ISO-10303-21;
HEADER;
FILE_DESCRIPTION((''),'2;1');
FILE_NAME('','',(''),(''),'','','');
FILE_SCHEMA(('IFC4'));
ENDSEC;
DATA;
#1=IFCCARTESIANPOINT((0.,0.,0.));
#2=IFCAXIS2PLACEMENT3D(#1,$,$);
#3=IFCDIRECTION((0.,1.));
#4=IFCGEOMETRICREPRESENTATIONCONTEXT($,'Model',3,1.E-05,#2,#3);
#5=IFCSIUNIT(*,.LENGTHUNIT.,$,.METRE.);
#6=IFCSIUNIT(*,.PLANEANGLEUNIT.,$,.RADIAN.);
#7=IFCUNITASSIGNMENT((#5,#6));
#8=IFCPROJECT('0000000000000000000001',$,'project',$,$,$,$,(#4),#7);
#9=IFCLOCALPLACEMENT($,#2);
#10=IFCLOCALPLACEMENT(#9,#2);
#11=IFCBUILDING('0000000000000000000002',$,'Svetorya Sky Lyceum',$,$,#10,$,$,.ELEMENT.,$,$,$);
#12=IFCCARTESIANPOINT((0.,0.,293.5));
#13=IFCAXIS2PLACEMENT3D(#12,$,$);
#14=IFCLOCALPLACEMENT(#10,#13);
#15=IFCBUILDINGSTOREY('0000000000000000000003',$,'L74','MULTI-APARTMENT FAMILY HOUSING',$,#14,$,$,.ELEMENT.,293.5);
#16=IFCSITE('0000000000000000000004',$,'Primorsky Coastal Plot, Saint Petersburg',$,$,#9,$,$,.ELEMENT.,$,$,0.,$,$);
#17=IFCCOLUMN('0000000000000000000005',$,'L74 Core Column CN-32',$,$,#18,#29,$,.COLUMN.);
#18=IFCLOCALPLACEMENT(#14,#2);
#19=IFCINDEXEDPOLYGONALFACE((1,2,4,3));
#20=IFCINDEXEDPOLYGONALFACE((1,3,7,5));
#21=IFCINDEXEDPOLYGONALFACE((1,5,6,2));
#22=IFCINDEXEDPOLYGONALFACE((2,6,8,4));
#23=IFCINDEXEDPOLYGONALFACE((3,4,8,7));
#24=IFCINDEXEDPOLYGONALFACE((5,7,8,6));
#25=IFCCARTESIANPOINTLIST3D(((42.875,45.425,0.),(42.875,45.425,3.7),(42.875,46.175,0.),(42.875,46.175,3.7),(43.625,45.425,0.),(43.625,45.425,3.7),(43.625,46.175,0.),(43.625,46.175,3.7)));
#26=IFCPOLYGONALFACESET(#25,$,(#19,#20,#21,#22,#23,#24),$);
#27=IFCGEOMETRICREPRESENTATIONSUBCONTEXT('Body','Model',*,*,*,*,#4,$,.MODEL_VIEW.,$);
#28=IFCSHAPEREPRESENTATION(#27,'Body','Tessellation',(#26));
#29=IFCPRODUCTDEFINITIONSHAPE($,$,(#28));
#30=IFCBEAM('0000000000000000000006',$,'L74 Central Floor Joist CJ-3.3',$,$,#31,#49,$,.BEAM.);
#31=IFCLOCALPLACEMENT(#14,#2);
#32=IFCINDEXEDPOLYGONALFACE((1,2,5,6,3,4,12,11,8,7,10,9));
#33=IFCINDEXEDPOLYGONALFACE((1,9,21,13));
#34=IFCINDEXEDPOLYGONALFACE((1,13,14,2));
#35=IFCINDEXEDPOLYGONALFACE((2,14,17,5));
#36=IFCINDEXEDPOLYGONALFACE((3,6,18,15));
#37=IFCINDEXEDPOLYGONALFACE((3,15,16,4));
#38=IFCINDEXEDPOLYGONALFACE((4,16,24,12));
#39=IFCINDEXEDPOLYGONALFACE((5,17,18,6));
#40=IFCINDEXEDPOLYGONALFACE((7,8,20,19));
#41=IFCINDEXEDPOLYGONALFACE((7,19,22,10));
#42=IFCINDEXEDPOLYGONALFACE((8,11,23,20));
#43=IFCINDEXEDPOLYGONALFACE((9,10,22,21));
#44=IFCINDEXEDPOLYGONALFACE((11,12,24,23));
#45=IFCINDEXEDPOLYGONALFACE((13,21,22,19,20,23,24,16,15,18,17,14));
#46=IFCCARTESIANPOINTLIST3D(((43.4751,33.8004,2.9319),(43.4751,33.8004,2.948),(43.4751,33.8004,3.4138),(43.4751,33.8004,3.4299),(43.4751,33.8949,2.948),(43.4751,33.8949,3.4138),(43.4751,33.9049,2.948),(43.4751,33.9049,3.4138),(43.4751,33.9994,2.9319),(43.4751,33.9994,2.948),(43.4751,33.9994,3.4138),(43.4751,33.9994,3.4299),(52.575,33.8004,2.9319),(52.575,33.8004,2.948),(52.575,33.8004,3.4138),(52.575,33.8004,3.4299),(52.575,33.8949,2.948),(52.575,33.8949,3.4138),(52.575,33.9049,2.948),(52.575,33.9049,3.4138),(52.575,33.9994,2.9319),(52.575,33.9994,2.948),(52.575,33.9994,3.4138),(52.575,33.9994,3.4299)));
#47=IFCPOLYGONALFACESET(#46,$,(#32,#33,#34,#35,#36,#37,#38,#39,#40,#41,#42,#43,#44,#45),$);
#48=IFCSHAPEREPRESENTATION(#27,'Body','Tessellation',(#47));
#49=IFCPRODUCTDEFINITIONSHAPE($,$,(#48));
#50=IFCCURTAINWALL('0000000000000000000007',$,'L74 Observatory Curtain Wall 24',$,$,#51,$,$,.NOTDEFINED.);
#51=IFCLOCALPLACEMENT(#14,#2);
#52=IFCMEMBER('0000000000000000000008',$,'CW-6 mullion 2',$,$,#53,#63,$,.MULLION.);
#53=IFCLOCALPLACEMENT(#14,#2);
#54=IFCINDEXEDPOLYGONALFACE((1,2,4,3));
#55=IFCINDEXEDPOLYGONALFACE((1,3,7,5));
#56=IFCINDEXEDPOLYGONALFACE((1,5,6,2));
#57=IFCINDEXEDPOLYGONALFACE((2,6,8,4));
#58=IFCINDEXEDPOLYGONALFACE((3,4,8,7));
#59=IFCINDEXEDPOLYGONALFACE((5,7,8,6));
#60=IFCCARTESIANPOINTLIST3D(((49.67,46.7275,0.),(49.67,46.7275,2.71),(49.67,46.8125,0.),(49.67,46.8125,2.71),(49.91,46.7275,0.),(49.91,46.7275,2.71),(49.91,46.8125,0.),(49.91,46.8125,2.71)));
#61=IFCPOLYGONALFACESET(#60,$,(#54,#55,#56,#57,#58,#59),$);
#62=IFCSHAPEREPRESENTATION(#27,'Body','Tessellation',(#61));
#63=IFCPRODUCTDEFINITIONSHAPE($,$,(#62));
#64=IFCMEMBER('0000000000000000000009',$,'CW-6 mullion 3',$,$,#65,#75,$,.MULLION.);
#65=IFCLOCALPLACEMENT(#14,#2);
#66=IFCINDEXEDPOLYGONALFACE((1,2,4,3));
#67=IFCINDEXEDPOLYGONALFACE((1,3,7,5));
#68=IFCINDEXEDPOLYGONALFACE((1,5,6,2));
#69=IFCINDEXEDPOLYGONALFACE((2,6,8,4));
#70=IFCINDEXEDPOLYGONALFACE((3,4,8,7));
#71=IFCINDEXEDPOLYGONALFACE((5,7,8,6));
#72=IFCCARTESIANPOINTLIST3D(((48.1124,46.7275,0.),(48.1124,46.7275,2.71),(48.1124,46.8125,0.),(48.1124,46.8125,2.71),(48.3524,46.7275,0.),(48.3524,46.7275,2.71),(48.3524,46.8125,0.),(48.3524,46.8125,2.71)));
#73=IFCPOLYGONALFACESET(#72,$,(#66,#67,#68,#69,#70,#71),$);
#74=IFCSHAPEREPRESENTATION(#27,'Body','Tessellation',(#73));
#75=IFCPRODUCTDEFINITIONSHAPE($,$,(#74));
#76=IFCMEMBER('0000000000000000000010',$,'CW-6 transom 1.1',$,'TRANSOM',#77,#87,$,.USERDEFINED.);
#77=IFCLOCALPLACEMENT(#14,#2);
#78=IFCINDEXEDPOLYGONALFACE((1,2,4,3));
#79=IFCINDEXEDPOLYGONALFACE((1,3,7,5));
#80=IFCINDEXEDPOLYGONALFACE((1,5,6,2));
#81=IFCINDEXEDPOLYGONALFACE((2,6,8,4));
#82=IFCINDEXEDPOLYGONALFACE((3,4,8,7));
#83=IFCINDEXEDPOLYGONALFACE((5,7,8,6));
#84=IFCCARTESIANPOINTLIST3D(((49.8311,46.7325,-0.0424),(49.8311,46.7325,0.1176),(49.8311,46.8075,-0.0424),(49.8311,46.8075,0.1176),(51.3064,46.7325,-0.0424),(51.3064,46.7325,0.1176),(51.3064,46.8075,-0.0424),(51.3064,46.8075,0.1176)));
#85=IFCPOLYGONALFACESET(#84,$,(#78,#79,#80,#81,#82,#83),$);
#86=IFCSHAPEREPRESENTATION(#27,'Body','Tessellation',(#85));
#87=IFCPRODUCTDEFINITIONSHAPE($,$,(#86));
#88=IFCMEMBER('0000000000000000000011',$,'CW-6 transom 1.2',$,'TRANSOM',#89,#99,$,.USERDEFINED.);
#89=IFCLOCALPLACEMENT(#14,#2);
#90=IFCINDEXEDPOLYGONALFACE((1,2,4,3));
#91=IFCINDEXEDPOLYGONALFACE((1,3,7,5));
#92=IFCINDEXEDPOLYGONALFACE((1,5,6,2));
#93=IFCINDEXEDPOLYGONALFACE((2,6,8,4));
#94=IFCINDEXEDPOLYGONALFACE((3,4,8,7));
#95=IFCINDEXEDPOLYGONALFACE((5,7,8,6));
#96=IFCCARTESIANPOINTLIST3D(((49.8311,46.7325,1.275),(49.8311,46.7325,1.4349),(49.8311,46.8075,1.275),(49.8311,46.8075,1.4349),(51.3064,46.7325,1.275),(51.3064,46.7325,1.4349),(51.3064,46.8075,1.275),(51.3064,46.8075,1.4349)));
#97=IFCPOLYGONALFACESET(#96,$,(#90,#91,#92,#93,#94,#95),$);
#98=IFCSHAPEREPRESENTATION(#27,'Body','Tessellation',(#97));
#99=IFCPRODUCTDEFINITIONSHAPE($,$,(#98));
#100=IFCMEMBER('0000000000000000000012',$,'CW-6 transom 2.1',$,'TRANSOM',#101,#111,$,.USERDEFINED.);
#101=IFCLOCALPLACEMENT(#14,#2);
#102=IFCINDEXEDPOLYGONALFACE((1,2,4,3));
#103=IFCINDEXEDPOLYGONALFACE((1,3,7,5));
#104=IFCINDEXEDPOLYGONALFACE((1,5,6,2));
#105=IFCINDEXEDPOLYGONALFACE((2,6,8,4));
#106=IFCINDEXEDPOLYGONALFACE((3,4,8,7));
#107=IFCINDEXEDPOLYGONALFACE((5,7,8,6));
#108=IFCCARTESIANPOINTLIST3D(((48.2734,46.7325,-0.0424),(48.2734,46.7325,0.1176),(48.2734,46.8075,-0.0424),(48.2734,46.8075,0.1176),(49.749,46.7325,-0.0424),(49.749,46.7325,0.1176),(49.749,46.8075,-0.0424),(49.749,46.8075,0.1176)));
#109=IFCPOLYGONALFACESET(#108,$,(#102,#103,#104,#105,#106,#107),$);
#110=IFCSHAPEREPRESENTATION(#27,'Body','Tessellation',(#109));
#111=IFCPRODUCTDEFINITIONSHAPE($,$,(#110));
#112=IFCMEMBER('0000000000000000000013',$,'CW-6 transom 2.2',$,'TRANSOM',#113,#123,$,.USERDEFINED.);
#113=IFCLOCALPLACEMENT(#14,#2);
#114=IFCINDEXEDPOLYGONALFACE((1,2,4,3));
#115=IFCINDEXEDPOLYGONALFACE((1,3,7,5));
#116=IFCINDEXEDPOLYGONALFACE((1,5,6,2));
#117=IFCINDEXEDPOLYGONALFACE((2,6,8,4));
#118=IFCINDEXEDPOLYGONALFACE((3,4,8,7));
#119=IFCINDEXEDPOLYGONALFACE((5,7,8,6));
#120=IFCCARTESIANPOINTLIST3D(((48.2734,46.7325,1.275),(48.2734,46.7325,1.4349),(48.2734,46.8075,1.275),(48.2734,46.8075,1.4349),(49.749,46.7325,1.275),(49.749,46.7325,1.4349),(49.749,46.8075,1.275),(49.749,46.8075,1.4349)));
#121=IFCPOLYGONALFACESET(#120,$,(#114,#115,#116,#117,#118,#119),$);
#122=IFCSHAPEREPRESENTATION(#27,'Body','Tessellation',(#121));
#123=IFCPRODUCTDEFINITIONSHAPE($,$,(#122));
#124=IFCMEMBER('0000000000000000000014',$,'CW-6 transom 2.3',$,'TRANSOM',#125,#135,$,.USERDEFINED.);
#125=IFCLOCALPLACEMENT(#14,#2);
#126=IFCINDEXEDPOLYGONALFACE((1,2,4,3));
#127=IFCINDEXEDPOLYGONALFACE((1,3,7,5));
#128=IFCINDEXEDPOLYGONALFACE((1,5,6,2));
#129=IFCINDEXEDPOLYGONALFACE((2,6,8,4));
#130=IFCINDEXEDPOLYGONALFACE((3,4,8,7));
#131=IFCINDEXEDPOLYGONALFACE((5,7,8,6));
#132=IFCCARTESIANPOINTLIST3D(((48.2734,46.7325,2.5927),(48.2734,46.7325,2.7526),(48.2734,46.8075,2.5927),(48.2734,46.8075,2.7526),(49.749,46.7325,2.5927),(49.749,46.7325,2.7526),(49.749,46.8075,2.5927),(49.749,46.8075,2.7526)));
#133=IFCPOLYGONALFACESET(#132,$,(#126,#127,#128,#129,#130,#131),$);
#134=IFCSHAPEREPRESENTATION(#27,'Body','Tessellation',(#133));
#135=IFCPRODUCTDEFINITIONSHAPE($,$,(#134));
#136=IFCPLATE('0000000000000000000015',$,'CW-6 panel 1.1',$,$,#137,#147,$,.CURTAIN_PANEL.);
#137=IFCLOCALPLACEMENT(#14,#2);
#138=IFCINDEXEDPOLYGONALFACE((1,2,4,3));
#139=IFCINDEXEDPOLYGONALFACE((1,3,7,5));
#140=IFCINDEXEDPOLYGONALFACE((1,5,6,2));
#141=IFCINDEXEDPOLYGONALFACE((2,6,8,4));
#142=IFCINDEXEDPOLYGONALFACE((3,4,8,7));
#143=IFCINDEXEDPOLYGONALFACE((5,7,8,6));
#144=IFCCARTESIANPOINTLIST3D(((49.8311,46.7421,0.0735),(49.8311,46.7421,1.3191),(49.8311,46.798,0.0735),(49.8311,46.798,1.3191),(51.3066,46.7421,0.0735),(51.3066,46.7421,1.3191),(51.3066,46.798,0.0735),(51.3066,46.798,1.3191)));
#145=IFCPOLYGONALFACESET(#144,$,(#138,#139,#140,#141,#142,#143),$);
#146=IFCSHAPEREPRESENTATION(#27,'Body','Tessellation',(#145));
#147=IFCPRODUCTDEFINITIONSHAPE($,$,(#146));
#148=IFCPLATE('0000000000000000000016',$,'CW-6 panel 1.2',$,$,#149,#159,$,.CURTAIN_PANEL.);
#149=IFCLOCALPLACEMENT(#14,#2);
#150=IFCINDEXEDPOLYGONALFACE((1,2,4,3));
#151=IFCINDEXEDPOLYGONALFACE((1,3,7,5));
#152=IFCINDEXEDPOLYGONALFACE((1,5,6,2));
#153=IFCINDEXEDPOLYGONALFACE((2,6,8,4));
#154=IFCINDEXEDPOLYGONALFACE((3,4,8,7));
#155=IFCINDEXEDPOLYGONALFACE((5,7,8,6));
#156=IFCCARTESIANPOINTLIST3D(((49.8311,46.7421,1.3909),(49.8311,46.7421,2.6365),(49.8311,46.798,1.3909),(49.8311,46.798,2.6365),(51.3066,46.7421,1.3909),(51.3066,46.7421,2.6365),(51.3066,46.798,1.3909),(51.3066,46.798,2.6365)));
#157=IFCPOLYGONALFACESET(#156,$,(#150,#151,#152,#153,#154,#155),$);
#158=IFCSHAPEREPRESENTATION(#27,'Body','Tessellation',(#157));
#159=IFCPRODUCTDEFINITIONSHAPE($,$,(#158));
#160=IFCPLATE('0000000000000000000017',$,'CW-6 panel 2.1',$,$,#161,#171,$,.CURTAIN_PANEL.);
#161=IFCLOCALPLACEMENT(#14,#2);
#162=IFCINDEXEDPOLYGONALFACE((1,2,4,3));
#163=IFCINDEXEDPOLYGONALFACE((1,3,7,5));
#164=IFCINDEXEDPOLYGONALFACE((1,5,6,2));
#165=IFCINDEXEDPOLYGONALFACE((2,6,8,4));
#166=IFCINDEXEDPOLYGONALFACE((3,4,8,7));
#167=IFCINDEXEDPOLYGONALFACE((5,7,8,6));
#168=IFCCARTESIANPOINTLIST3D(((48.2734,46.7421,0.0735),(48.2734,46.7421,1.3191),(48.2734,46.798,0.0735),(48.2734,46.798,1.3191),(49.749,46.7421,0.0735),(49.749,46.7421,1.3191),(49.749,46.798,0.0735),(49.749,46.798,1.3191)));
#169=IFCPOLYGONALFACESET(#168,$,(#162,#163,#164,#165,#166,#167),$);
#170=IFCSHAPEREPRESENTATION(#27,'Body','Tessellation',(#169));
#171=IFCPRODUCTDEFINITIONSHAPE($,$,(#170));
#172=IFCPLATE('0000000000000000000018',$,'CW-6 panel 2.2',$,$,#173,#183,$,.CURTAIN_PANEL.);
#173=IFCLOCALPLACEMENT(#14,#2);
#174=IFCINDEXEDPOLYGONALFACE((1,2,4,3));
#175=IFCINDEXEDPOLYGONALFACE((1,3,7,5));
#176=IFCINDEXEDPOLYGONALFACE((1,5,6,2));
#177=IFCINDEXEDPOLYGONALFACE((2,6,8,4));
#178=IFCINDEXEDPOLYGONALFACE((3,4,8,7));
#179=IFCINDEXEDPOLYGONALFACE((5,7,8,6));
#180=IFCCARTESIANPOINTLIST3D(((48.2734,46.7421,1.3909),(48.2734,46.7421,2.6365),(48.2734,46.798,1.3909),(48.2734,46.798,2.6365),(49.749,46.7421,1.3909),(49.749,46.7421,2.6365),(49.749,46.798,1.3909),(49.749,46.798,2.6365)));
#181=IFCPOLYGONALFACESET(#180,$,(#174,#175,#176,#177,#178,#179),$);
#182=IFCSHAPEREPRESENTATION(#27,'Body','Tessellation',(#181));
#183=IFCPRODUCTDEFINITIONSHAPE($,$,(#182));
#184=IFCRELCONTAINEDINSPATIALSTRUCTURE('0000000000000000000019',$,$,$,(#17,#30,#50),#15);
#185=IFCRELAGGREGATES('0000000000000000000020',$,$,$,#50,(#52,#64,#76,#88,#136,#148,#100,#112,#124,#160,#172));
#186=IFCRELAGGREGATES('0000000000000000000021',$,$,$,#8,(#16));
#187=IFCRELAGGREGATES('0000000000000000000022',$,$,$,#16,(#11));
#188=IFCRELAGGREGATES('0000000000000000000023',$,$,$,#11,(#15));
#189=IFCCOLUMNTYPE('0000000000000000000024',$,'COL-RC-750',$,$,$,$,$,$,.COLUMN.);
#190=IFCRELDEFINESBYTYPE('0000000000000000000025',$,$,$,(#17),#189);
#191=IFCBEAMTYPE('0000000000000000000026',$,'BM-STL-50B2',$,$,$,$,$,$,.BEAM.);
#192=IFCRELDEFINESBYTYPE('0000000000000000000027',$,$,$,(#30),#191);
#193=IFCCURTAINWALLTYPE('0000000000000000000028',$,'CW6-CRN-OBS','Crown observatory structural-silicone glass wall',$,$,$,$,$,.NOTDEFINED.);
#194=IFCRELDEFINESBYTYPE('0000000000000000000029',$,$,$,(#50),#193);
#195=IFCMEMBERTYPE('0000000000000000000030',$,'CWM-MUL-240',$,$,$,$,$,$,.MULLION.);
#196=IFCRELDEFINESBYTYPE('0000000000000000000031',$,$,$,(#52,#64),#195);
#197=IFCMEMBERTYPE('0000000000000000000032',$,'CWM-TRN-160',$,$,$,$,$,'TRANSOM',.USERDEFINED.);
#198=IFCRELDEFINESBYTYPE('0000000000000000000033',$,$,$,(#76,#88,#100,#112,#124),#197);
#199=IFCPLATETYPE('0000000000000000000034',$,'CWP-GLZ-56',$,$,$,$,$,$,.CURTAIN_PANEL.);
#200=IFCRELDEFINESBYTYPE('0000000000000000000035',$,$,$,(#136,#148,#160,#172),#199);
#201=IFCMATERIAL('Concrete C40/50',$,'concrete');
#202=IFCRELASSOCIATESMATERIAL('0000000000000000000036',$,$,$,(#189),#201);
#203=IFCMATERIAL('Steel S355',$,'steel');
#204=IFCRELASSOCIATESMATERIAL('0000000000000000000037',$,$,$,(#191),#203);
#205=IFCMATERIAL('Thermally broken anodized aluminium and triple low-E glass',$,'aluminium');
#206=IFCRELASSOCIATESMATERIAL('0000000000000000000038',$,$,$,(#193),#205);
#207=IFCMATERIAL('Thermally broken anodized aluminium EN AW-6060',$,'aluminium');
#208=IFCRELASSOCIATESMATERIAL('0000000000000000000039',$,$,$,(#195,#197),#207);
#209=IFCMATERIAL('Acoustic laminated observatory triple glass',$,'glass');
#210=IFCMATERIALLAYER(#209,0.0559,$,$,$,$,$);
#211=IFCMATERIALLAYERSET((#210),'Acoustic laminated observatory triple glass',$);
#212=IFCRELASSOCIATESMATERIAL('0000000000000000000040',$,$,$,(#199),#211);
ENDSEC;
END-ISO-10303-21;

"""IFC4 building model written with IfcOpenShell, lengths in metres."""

from ifc_helpers import new_model, si_unit, direction, frame, origin, origin_2d, place, context, subcontext, project, spatial, rectangle, i_section, extrude, material, layer, layer_set, material_profile, profile_set, type_object, element, aggregate, save


model = new_model("IFC4")

# Units and contexts
model_context = context("Model", 3, precision=1e-05, world=origin(), true_north=direction((0.0, 1.0)))
body_context = subcontext(model_context, "Body", "Model", "MODEL_VIEW")
ifc_project = project(units=[si_unit("LENGTHUNIT", "METRE"), si_unit("PLANEANGLEUNIT", "RADIAN")], contexts=[model_context])

# Site, building, storey
site_placement = place(None, origin())
site = spatial("IfcSite", under=ifc_project, at=site_placement, Name="Primorsky Coastal Plot, Saint Petersburg", CompositionType="ELEMENT", RefElevation=0.0)
building_placement = place(site_placement, origin())
building = spatial("IfcBuilding", under=site, at=building_placement, Name="Svetorya Sky Lyceum", CompositionType="ELEMENT")
storey_placement = place(building_placement, frame((0.0, 0.0, 293.5)))
storey = spatial("IfcBuildingStorey", under=building, at=storey_placement, Name="L74", Description="MULTI-APARTMENT FAMILY HOUSING", CompositionType="ELEMENT", Elevation=293.5)

# Column
ifc_material_1 = material(Name="Concrete C40/50", Category="concrete")
ifc_material_profile_1 = material_profile(ifc_material_1, rectangle(XDim=0.75, YDim=0.75, at=origin_2d()), Name="RC COL 750x750")
ifc_profile_set_1 = profile_set([ifc_material_profile_1], Name="Concrete C40/50")
column_type = type_object("IfcColumnType", Name="COL-RC-750", PredefinedType="COLUMN", material=ifc_profile_set_1)
column_placement = place(storey_placement, frame((43.25, 45.8, 0.0), z_axis=(0.0, 0.0, 1.0), x_axis=(1.0, 0.0, 0.0)))
element("IfcColumn", 1, at=column_placement, inside=storey, type_object=column_type, Name="L74 Core Column CN-32", PredefinedType="COLUMN", context=body_context, shape_type="SweptSolid", body=[
    extrude(rectangle(XDim=0.75, YDim=0.75, at=origin_2d()), origin(), (0.0, 0.0, 1.0), 3.7),
])

# Beam
ifc_material_2 = material(Name="Steel S355", Category="steel")
ifc_material_profile_2 = material_profile(ifc_material_2, i_section(OverallWidth=0.199, OverallDepth=0.498, WebThickness=0.01, FlangeThickness=0.0161, at=origin_2d()), Name="GOST 50B2")
ifc_profile_set_2 = profile_set([ifc_material_profile_2], Name="Steel S355")
beam_type = type_object("IfcBeamType", Name="BM-STL-50B2", PredefinedType="BEAM", material=ifc_profile_set_2)
beam_placement = place(storey_placement, frame((43.4751, 33.8999, 3.1809), z_axis=(1.0, 0.0, 0.0), x_axis=(0.0, 1.0, 0.0)))
element("IfcBeam", 2, at=beam_placement, inside=storey, type_object=beam_type, Name="L74 Central Floor Joist CJ-3.3", PredefinedType="BEAM", context=body_context, shape_type="SweptSolid", body=[
    extrude(i_section(OverallWidth=0.199, OverallDepth=0.498, WebThickness=0.01, FlangeThickness=0.0161, at=origin_2d()), origin(), (0.0, 0.0, 1.0), 9.0999),
])

# Curtain wall, members, plates
ifc_material_3 = material(Name="Thermally broken anodized aluminium and triple low-E glass", Category="aluminium")
curtain_wall_type = type_object("IfcCurtainWallType", Name="CW6-CRN-OBS", Description="Crown observatory structural-silicone glass wall", PredefinedType="NOTDEFINED", material=ifc_material_3)
curtain_wall_placement = place(storey_placement, origin())
curtain_wall = element("IfcCurtainWall", 3, at=curtain_wall_placement, inside=storey, type_object=curtain_wall_type, Name="L74 Observatory Curtain Wall 24", PredefinedType="NOTDEFINED")
ifc_material_4 = material(Name="Thermally broken anodized aluminium EN AW-6060", Category="aluminium")
ifc_material_profile_3 = material_profile(ifc_material_4, rectangle(XDim=0.085, YDim=0.24, at=origin_2d()), Name="ALU MULLION 85x240")
ifc_profile_set_3 = profile_set([ifc_material_profile_3], Name="Thermally broken anodized aluminium EN AW-6060")
member_type_1 = type_object("IfcMemberType", Name="CWM-MUL-240", PredefinedType="MULLION", material=ifc_profile_set_3)
member_1_placement = place(storey_placement, frame((49.79, 46.77, 0.0), z_axis=(0.0, 0.0, 1.0), x_axis=(0.0, -1.0, 0.0)))
member_1 = element("IfcMember", 4, at=member_1_placement, type_object=member_type_1, Name="CW-6 mullion 2", PredefinedType="MULLION", context=body_context, shape_type="SweptSolid", body=[
    extrude(rectangle(XDim=0.085, YDim=0.24, at=origin_2d()), origin(), (0.0, 0.0, 1.0), 2.71),
])
member_2_placement = place(storey_placement, frame((48.2324, 46.77, 0.0), z_axis=(0.0, 0.0, 1.0), x_axis=(0.0, -1.0, 0.0)))
member_2 = element("IfcMember", 5, at=member_2_placement, type_object=member_type_1, Name="CW-6 mullion 3", PredefinedType="MULLION", context=body_context, shape_type="SweptSolid", body=[
    extrude(rectangle(XDim=0.085, YDim=0.24, at=origin_2d()), origin(), (0.0, 0.0, 1.0), 2.71),
])
ifc_material_profile_4 = material_profile(ifc_material_4, rectangle(XDim=0.075, YDim=0.1599, at=origin_2d()), Name="ALU TRANSOM 75x160")
ifc_profile_set_4 = profile_set([ifc_material_profile_4], Name="Thermally broken anodized aluminium EN AW-6060")
member_type_2 = type_object("IfcMemberType", Name="CWM-TRN-160", ElementType="TRANSOM", PredefinedType="USERDEFINED", material=ifc_profile_set_4)
member_3_placement = place(storey_placement, frame((51.3064, 46.77, 0.0376), z_axis=(-1.0, 0.0, 0.0), x_axis=(0.0, -1.0, 0.0)))
member_3 = element("IfcMember", 6, at=member_3_placement, type_object=member_type_2, Name="CW-6 transom 1.1", ObjectType="TRANSOM", PredefinedType="USERDEFINED", context=body_context, shape_type="SweptSolid", body=[
    extrude(rectangle(XDim=0.075, YDim=0.1599, at=origin_2d()), origin(), (0.0, 0.0, 1.0), 1.4753),
])
member_4_placement = place(storey_placement, frame((51.3064, 46.77, 1.355), z_axis=(-1.0, 0.0, 0.0), x_axis=(0.0, -1.0, 0.0)))
member_4 = element("IfcMember", 7, at=member_4_placement, type_object=member_type_2, Name="CW-6 transom 1.2", ObjectType="TRANSOM", PredefinedType="USERDEFINED", context=body_context, shape_type="SweptSolid", body=[
    extrude(rectangle(XDim=0.075, YDim=0.1599, at=origin_2d()), origin(), (0.0, 0.0, 1.0), 1.4753),
])
member_5_placement = place(storey_placement, frame((49.749, 46.77, 0.0376), z_axis=(-1.0, 0.0, 0.0), x_axis=(0.0, -1.0, 0.0)))
member_5 = element("IfcMember", 8, at=member_5_placement, type_object=member_type_2, Name="CW-6 transom 2.1", ObjectType="TRANSOM", PredefinedType="USERDEFINED", context=body_context, shape_type="SweptSolid", body=[
    extrude(rectangle(XDim=0.075, YDim=0.1599, at=origin_2d()), origin(), (0.0, 0.0, 1.0), 1.4756),
])
member_6_placement = place(storey_placement, frame((49.749, 46.77, 1.355), z_axis=(-1.0, 0.0, 0.0), x_axis=(0.0, -1.0, 0.0)))
member_6 = element("IfcMember", 9, at=member_6_placement, type_object=member_type_2, Name="CW-6 transom 2.2", ObjectType="TRANSOM", PredefinedType="USERDEFINED", context=body_context, shape_type="SweptSolid", body=[
    extrude(rectangle(XDim=0.075, YDim=0.1599, at=origin_2d()), origin(), (0.0, 0.0, 1.0), 1.4756),
])
member_7_placement = place(storey_placement, frame((49.749, 46.77, 2.6726), z_axis=(-1.0, 0.0, 0.0), x_axis=(0.0, -1.0, 0.0)))
member_7 = element("IfcMember", 10, at=member_7_placement, type_object=member_type_2, Name="CW-6 transom 2.3", ObjectType="TRANSOM", PredefinedType="USERDEFINED", context=body_context, shape_type="SweptSolid", body=[
    extrude(rectangle(XDim=0.075, YDim=0.1599, at=origin_2d()), origin(), (0.0, 0.0, 1.0), 1.4756),
])
ifc_material_5 = material(Name="Acoustic laminated observatory triple glass", Category="glass")
ifc_layer_1 = layer(ifc_material_5, 0.0559)
ifc_layer_set_1 = layer_set([ifc_layer_1], Name="Acoustic laminated observatory triple glass")
plate_type = type_object("IfcPlateType", Name="CWP-GLZ-56", PredefinedType="CURTAIN_PANEL", material=ifc_layer_set_1)
plate_1_placement = place(storey_placement, frame((50.5688, 46.77, 0.0735), z_axis=(0.0, 0.0, 1.0), x_axis=(-1.0, 0.0, 0.0)))
plate_1 = element("IfcPlate", 11, at=plate_1_placement, type_object=plate_type, Name="CW-6 panel 1.1", PredefinedType="CURTAIN_PANEL", context=body_context, shape_type="SweptSolid", body=[
    extrude(rectangle(XDim=1.4756, YDim=0.0559, at=origin_2d()), origin(), (0.0, 0.0, 1.0), 1.2456),
])
plate_2_placement = place(storey_placement, frame((50.5688, 46.77, 1.3909), z_axis=(0.0, 0.0, 1.0), x_axis=(-1.0, 0.0, 0.0)))
plate_2 = element("IfcPlate", 12, at=plate_2_placement, type_object=plate_type, Name="CW-6 panel 1.2", PredefinedType="CURTAIN_PANEL", context=body_context, shape_type="SweptSolid", body=[
    extrude(rectangle(XDim=1.4756, YDim=0.0559, at=origin_2d()), origin(), (0.0, 0.0, 1.0), 1.2456),
])
plate_3_placement = place(storey_placement, frame((49.0112, 46.77, 0.0735), z_axis=(0.0, 0.0, 1.0), x_axis=(-1.0, 0.0, 0.0)))
plate_3 = element("IfcPlate", 13, at=plate_3_placement, type_object=plate_type, Name="CW-6 panel 2.1", PredefinedType="CURTAIN_PANEL", context=body_context, shape_type="SweptSolid", body=[
    extrude(rectangle(XDim=1.4756, YDim=0.0559, at=origin_2d()), origin(), (0.0, 0.0, 1.0), 1.2456),
])
plate_4_placement = place(storey_placement, frame((49.0112, 46.77, 1.3909), z_axis=(0.0, 0.0, 1.0), x_axis=(-1.0, 0.0, 0.0)))
plate_4 = element("IfcPlate", 14, at=plate_4_placement, type_object=plate_type, Name="CW-6 panel 2.2", PredefinedType="CURTAIN_PANEL", context=body_context, shape_type="SweptSolid", body=[
    extrude(rectangle(XDim=1.4756, YDim=0.0559, at=origin_2d()), origin(), (0.0, 0.0, 1.0), 1.2456),
])
aggregate(curtain_wall, [member_1, member_2, member_3, member_4, plate_1, plate_2, member_5, member_6, member_7, plate_3, plate_4])

save(model, "model.ifc")
